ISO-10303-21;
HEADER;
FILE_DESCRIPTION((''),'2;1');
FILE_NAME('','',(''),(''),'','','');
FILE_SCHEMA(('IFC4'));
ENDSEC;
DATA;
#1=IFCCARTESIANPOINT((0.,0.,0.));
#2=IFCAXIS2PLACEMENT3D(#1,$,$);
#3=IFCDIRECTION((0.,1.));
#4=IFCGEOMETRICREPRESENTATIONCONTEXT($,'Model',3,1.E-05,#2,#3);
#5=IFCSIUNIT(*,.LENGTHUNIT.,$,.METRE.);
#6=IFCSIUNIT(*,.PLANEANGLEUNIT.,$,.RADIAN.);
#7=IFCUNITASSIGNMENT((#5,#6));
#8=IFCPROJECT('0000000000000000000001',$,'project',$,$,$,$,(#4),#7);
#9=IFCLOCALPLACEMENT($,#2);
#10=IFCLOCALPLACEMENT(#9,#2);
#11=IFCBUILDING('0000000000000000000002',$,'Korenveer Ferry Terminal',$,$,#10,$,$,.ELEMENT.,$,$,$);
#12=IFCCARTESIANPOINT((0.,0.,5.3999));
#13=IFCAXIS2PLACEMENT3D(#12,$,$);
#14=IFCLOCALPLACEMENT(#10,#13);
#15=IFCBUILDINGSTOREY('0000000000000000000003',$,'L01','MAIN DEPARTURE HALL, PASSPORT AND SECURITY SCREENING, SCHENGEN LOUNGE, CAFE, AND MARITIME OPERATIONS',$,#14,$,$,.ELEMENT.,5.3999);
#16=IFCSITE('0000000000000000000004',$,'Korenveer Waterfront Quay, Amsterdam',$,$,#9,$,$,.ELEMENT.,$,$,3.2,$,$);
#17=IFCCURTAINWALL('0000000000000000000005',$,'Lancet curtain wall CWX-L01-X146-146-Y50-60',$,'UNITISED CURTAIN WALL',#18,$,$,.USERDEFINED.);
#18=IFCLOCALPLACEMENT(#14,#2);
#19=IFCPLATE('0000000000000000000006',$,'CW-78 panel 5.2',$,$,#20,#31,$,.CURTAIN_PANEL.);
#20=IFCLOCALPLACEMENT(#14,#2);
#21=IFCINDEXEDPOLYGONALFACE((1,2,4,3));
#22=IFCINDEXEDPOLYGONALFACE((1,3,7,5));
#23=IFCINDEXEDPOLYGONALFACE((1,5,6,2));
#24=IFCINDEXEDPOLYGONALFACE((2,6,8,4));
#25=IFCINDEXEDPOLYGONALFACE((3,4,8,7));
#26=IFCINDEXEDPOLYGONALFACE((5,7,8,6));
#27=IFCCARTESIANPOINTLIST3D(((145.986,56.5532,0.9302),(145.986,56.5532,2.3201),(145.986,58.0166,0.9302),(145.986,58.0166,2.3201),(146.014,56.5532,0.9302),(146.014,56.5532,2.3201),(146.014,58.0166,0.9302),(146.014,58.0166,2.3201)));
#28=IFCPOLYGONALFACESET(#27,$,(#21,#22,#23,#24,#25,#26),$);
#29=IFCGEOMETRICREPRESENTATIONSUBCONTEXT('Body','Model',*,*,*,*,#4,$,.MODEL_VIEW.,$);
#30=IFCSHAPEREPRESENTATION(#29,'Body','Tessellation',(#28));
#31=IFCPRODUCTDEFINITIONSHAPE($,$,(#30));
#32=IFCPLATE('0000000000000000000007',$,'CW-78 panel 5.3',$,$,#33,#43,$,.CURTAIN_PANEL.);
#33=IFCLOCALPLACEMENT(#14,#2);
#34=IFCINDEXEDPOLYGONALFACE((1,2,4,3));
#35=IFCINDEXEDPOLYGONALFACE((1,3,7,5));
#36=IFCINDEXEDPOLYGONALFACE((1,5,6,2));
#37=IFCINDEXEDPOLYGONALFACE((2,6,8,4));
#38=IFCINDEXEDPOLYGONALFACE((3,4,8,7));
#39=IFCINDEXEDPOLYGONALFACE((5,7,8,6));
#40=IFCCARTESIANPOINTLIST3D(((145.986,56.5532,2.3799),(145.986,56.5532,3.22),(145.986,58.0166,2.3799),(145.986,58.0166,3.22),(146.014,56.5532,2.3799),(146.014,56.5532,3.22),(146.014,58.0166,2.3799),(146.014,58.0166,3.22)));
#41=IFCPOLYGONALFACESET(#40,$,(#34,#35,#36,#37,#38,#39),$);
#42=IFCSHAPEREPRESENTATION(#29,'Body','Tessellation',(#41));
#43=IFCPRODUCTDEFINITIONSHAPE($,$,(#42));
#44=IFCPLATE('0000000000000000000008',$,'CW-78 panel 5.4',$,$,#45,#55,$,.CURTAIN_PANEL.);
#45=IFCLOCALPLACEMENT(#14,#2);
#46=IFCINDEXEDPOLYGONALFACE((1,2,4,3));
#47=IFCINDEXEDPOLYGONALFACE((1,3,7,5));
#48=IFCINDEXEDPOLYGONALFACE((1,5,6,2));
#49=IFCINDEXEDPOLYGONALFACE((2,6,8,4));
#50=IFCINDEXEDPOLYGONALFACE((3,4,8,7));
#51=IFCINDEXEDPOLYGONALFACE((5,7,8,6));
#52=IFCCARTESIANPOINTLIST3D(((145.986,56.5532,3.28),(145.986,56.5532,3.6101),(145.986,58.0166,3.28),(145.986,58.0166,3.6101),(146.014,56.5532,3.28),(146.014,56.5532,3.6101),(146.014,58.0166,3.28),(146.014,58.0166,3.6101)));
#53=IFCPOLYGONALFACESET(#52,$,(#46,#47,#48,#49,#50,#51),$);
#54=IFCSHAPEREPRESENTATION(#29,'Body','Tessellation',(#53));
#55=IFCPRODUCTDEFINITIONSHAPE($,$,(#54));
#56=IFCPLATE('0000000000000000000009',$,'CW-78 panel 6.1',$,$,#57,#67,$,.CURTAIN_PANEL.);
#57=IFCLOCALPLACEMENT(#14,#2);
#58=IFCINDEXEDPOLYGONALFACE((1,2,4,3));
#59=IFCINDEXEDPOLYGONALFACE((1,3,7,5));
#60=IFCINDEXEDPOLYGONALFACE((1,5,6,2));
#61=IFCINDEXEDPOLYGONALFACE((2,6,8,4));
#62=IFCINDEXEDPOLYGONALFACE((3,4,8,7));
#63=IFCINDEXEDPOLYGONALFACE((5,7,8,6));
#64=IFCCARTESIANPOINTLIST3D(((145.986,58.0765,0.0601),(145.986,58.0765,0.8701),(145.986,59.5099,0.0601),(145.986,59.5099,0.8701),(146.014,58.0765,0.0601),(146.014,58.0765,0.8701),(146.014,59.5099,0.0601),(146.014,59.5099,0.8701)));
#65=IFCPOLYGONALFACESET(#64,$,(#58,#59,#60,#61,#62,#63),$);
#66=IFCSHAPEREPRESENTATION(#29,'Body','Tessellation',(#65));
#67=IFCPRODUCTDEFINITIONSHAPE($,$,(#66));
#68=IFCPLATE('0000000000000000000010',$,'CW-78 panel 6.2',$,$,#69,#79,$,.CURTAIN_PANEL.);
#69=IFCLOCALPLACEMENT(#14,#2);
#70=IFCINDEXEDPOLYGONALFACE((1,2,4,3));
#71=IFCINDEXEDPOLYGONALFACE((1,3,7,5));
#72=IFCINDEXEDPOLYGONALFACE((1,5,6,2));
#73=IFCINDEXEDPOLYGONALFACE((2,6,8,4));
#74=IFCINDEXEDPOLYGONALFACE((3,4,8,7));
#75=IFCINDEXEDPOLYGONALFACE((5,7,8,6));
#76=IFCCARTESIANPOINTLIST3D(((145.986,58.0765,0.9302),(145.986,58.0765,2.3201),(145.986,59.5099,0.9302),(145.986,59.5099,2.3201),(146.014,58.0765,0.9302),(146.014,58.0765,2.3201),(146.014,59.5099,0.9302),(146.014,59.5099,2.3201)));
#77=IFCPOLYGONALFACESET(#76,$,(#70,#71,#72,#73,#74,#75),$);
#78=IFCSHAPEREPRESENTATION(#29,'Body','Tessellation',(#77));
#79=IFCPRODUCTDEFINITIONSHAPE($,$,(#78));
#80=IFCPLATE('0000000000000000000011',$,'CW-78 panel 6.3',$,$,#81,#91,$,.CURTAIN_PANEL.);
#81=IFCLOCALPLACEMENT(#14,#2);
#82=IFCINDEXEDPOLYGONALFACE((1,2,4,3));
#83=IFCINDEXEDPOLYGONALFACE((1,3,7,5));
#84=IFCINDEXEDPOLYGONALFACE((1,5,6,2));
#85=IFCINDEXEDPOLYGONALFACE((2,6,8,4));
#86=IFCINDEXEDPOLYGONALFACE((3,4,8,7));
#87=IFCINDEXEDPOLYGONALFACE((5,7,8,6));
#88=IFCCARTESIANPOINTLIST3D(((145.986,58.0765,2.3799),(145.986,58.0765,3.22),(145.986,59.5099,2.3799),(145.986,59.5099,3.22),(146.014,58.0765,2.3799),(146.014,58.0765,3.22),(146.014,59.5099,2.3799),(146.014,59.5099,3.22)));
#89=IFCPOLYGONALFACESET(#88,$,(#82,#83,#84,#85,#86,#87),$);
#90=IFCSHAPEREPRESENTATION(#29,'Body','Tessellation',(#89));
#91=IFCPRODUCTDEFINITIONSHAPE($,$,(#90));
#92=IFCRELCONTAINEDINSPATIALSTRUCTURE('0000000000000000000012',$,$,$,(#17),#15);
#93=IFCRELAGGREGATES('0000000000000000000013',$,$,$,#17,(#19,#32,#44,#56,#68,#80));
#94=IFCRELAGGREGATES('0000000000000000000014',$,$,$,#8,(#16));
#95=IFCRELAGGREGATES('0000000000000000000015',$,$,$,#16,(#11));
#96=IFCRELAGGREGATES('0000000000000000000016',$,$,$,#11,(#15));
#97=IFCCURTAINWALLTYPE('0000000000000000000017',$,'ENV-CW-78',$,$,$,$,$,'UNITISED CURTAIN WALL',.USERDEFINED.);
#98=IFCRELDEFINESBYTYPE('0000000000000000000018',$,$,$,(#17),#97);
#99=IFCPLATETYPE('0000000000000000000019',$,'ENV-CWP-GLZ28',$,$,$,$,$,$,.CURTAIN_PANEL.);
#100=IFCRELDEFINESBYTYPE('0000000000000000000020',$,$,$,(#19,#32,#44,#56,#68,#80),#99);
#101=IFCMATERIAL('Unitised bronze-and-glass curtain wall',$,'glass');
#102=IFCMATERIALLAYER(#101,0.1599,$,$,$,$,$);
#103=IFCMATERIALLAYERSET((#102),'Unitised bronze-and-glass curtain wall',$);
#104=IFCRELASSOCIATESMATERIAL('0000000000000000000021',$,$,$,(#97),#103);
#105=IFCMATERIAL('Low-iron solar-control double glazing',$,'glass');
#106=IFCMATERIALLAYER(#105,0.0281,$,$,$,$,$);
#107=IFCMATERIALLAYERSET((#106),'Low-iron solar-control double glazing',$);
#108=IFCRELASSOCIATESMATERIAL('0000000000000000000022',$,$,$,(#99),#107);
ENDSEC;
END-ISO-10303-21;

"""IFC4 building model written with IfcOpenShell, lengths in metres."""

from ifc_helpers import new_model, si_unit, direction, frame, origin, origin_2d, place, context, subcontext, project, spatial, rectangle, extrude, material, layer, layer_set, type_object, element, aggregate, save


model = new_model("IFC4")

# Units and contexts
model_context = context("Model", 3, precision=1e-05, world=origin(), true_north=direction((0.0, 1.0)))
body_context = subcontext(model_context, "Body", "Model", "MODEL_VIEW")
ifc_project = project(units=[si_unit("LENGTHUNIT", "METRE"), si_unit("PLANEANGLEUNIT", "RADIAN")], contexts=[model_context])

# Site, building, storey
site_placement = place(None, origin())
site = spatial("IfcSite", under=ifc_project, at=site_placement, Name="Korenveer Waterfront Quay, Amsterdam", CompositionType="ELEMENT", RefElevation=3.2)
building_placement = place(site_placement, origin())
building = spatial("IfcBuilding", under=site, at=building_placement, Name="Korenveer Ferry Terminal", CompositionType="ELEMENT")
storey_placement = place(building_placement, frame((0.0, 0.0, 5.3999)))
storey = spatial("IfcBuildingStorey", under=building, at=storey_placement, Name="L01", Description="MAIN DEPARTURE HALL, PASSPORT AND SECURITY SCREENING, SCHENGEN LOUNGE, CAFE, AND MARITIME OPERATIONS", CompositionType="ELEMENT", Elevation=5.3999)

# Curtain wall, plates
ifc_material_1 = material(Name="Unitised bronze-and-glass curtain wall", Category="glass")
ifc_layer_1 = layer(ifc_material_1, 0.1599)
ifc_layer_set_1 = layer_set([ifc_layer_1], Name="Unitised bronze-and-glass curtain wall")
curtain_wall_type = type_object("IfcCurtainWallType", Name="ENV-CW-78", ElementType="UNITISED CURTAIN WALL", PredefinedType="USERDEFINED", material=ifc_layer_set_1)
curtain_wall_placement = place(storey_placement, frame((146.0, 50.4299, 0.0)))
curtain_wall = element("IfcCurtainWall", 1, at=curtain_wall_placement, inside=storey, type_object=curtain_wall_type, Name="Lancet curtain wall CWX-L01-X146-146-Y50-60", ObjectType="UNITISED CURTAIN WALL", PredefinedType="USERDEFINED")
ifc_material_2 = material(Name="Low-iron solar-control double glazing", Category="glass")
ifc_layer_2 = layer(ifc_material_2, 0.0281)
ifc_layer_set_2 = layer_set([ifc_layer_2], Name="Low-iron solar-control double glazing")
plate_type = type_object("IfcPlateType", Name="ENV-CWP-GLZ28", PredefinedType="CURTAIN_PANEL", material=ifc_layer_set_2)
plate_1_placement = place(storey_placement, frame((146.0, 57.2849, 0.9302), z_axis=(0.0, 0.0, 1.0), x_axis=(0.0, 1.0, 0.0)))
plate_1 = element("IfcPlate", 2, at=plate_1_placement, type_object=plate_type, Name="CW-78 panel 5.2", PredefinedType="CURTAIN_PANEL", context=body_context, shape_type="SweptSolid", body=[
    extrude(rectangle(XDim=1.4634, YDim=0.0281, at=origin_2d()), origin(), (0.0, 0.0, 1.0), 1.3899),
])
plate_2_placement = place(storey_placement, frame((146.0, 57.2849, 2.3799), z_axis=(0.0, 0.0, 1.0), x_axis=(0.0, 1.0, 0.0)))
plate_2 = element("IfcPlate", 3, at=plate_2_placement, type_object=plate_type, Name="CW-78 panel 5.3", PredefinedType="CURTAIN_PANEL", context=body_context, shape_type="SweptSolid", body=[
    extrude(rectangle(XDim=1.4634, YDim=0.0281, at=origin_2d()), origin(), (0.0, 0.0, 1.0), 0.8401),
])
plate_3_placement = place(storey_placement, frame((146.0, 57.2849, 3.28), z_axis=(0.0, 0.0, 1.0), x_axis=(0.0, 1.0, 0.0)))
plate_3 = element("IfcPlate", 4, at=plate_3_placement, type_object=plate_type, Name="CW-78 panel 5.4", PredefinedType="CURTAIN_PANEL", context=body_context, shape_type="SweptSolid", body=[
    extrude(rectangle(XDim=1.4634, YDim=0.0281, at=origin_2d()), origin(), (0.0, 0.0, 1.0), 0.3301),
])
plate_4_placement = place(storey_placement, frame((146.0, 58.7932, 0.0601), z_axis=(0.0, 0.0, 1.0), x_axis=(0.0, 1.0, 0.0)))
plate_4 = element("IfcPlate", 5, at=plate_4_placement, type_object=plate_type, Name="CW-78 panel 6.1", PredefinedType="CURTAIN_PANEL", context=body_context, shape_type="SweptSolid", body=[
    extrude(rectangle(XDim=1.4333, YDim=0.0281, at=origin_2d()), origin(), (0.0, 0.0, 1.0), 0.8101),
])
plate_5_placement = place(storey_placement, frame((146.0, 58.7932, 0.9302), z_axis=(0.0, 0.0, 1.0), x_axis=(0.0, 1.0, 0.0)))
plate_5 = element("IfcPlate", 6, at=plate_5_placement, type_object=plate_type, Name="CW-78 panel 6.2", PredefinedType="CURTAIN_PANEL", context=body_context, shape_type="SweptSolid", body=[
    extrude(rectangle(XDim=1.4333, YDim=0.0281, at=origin_2d()), origin(), (0.0, 0.0, 1.0), 1.3899),
])
plate_6_placement = place(storey_placement, frame((146.0, 58.7932, 2.3799), z_axis=(0.0, 0.0, 1.0), x_axis=(0.0, 1.0, 0.0)))
plate_6 = element("IfcPlate", 7, at=plate_6_placement, type_object=plate_type, Name="CW-78 panel 6.3", PredefinedType="CURTAIN_PANEL", context=body_context, shape_type="SweptSolid", body=[
    extrude(rectangle(XDim=1.4333, YDim=0.0281, at=origin_2d()), origin(), (0.0, 0.0, 1.0), 0.8401),
])
aggregate(curtain_wall, [plate_1, plate_2, plate_3, plate_4, plate_5, plate_6])

save(model, "model.ifc")
